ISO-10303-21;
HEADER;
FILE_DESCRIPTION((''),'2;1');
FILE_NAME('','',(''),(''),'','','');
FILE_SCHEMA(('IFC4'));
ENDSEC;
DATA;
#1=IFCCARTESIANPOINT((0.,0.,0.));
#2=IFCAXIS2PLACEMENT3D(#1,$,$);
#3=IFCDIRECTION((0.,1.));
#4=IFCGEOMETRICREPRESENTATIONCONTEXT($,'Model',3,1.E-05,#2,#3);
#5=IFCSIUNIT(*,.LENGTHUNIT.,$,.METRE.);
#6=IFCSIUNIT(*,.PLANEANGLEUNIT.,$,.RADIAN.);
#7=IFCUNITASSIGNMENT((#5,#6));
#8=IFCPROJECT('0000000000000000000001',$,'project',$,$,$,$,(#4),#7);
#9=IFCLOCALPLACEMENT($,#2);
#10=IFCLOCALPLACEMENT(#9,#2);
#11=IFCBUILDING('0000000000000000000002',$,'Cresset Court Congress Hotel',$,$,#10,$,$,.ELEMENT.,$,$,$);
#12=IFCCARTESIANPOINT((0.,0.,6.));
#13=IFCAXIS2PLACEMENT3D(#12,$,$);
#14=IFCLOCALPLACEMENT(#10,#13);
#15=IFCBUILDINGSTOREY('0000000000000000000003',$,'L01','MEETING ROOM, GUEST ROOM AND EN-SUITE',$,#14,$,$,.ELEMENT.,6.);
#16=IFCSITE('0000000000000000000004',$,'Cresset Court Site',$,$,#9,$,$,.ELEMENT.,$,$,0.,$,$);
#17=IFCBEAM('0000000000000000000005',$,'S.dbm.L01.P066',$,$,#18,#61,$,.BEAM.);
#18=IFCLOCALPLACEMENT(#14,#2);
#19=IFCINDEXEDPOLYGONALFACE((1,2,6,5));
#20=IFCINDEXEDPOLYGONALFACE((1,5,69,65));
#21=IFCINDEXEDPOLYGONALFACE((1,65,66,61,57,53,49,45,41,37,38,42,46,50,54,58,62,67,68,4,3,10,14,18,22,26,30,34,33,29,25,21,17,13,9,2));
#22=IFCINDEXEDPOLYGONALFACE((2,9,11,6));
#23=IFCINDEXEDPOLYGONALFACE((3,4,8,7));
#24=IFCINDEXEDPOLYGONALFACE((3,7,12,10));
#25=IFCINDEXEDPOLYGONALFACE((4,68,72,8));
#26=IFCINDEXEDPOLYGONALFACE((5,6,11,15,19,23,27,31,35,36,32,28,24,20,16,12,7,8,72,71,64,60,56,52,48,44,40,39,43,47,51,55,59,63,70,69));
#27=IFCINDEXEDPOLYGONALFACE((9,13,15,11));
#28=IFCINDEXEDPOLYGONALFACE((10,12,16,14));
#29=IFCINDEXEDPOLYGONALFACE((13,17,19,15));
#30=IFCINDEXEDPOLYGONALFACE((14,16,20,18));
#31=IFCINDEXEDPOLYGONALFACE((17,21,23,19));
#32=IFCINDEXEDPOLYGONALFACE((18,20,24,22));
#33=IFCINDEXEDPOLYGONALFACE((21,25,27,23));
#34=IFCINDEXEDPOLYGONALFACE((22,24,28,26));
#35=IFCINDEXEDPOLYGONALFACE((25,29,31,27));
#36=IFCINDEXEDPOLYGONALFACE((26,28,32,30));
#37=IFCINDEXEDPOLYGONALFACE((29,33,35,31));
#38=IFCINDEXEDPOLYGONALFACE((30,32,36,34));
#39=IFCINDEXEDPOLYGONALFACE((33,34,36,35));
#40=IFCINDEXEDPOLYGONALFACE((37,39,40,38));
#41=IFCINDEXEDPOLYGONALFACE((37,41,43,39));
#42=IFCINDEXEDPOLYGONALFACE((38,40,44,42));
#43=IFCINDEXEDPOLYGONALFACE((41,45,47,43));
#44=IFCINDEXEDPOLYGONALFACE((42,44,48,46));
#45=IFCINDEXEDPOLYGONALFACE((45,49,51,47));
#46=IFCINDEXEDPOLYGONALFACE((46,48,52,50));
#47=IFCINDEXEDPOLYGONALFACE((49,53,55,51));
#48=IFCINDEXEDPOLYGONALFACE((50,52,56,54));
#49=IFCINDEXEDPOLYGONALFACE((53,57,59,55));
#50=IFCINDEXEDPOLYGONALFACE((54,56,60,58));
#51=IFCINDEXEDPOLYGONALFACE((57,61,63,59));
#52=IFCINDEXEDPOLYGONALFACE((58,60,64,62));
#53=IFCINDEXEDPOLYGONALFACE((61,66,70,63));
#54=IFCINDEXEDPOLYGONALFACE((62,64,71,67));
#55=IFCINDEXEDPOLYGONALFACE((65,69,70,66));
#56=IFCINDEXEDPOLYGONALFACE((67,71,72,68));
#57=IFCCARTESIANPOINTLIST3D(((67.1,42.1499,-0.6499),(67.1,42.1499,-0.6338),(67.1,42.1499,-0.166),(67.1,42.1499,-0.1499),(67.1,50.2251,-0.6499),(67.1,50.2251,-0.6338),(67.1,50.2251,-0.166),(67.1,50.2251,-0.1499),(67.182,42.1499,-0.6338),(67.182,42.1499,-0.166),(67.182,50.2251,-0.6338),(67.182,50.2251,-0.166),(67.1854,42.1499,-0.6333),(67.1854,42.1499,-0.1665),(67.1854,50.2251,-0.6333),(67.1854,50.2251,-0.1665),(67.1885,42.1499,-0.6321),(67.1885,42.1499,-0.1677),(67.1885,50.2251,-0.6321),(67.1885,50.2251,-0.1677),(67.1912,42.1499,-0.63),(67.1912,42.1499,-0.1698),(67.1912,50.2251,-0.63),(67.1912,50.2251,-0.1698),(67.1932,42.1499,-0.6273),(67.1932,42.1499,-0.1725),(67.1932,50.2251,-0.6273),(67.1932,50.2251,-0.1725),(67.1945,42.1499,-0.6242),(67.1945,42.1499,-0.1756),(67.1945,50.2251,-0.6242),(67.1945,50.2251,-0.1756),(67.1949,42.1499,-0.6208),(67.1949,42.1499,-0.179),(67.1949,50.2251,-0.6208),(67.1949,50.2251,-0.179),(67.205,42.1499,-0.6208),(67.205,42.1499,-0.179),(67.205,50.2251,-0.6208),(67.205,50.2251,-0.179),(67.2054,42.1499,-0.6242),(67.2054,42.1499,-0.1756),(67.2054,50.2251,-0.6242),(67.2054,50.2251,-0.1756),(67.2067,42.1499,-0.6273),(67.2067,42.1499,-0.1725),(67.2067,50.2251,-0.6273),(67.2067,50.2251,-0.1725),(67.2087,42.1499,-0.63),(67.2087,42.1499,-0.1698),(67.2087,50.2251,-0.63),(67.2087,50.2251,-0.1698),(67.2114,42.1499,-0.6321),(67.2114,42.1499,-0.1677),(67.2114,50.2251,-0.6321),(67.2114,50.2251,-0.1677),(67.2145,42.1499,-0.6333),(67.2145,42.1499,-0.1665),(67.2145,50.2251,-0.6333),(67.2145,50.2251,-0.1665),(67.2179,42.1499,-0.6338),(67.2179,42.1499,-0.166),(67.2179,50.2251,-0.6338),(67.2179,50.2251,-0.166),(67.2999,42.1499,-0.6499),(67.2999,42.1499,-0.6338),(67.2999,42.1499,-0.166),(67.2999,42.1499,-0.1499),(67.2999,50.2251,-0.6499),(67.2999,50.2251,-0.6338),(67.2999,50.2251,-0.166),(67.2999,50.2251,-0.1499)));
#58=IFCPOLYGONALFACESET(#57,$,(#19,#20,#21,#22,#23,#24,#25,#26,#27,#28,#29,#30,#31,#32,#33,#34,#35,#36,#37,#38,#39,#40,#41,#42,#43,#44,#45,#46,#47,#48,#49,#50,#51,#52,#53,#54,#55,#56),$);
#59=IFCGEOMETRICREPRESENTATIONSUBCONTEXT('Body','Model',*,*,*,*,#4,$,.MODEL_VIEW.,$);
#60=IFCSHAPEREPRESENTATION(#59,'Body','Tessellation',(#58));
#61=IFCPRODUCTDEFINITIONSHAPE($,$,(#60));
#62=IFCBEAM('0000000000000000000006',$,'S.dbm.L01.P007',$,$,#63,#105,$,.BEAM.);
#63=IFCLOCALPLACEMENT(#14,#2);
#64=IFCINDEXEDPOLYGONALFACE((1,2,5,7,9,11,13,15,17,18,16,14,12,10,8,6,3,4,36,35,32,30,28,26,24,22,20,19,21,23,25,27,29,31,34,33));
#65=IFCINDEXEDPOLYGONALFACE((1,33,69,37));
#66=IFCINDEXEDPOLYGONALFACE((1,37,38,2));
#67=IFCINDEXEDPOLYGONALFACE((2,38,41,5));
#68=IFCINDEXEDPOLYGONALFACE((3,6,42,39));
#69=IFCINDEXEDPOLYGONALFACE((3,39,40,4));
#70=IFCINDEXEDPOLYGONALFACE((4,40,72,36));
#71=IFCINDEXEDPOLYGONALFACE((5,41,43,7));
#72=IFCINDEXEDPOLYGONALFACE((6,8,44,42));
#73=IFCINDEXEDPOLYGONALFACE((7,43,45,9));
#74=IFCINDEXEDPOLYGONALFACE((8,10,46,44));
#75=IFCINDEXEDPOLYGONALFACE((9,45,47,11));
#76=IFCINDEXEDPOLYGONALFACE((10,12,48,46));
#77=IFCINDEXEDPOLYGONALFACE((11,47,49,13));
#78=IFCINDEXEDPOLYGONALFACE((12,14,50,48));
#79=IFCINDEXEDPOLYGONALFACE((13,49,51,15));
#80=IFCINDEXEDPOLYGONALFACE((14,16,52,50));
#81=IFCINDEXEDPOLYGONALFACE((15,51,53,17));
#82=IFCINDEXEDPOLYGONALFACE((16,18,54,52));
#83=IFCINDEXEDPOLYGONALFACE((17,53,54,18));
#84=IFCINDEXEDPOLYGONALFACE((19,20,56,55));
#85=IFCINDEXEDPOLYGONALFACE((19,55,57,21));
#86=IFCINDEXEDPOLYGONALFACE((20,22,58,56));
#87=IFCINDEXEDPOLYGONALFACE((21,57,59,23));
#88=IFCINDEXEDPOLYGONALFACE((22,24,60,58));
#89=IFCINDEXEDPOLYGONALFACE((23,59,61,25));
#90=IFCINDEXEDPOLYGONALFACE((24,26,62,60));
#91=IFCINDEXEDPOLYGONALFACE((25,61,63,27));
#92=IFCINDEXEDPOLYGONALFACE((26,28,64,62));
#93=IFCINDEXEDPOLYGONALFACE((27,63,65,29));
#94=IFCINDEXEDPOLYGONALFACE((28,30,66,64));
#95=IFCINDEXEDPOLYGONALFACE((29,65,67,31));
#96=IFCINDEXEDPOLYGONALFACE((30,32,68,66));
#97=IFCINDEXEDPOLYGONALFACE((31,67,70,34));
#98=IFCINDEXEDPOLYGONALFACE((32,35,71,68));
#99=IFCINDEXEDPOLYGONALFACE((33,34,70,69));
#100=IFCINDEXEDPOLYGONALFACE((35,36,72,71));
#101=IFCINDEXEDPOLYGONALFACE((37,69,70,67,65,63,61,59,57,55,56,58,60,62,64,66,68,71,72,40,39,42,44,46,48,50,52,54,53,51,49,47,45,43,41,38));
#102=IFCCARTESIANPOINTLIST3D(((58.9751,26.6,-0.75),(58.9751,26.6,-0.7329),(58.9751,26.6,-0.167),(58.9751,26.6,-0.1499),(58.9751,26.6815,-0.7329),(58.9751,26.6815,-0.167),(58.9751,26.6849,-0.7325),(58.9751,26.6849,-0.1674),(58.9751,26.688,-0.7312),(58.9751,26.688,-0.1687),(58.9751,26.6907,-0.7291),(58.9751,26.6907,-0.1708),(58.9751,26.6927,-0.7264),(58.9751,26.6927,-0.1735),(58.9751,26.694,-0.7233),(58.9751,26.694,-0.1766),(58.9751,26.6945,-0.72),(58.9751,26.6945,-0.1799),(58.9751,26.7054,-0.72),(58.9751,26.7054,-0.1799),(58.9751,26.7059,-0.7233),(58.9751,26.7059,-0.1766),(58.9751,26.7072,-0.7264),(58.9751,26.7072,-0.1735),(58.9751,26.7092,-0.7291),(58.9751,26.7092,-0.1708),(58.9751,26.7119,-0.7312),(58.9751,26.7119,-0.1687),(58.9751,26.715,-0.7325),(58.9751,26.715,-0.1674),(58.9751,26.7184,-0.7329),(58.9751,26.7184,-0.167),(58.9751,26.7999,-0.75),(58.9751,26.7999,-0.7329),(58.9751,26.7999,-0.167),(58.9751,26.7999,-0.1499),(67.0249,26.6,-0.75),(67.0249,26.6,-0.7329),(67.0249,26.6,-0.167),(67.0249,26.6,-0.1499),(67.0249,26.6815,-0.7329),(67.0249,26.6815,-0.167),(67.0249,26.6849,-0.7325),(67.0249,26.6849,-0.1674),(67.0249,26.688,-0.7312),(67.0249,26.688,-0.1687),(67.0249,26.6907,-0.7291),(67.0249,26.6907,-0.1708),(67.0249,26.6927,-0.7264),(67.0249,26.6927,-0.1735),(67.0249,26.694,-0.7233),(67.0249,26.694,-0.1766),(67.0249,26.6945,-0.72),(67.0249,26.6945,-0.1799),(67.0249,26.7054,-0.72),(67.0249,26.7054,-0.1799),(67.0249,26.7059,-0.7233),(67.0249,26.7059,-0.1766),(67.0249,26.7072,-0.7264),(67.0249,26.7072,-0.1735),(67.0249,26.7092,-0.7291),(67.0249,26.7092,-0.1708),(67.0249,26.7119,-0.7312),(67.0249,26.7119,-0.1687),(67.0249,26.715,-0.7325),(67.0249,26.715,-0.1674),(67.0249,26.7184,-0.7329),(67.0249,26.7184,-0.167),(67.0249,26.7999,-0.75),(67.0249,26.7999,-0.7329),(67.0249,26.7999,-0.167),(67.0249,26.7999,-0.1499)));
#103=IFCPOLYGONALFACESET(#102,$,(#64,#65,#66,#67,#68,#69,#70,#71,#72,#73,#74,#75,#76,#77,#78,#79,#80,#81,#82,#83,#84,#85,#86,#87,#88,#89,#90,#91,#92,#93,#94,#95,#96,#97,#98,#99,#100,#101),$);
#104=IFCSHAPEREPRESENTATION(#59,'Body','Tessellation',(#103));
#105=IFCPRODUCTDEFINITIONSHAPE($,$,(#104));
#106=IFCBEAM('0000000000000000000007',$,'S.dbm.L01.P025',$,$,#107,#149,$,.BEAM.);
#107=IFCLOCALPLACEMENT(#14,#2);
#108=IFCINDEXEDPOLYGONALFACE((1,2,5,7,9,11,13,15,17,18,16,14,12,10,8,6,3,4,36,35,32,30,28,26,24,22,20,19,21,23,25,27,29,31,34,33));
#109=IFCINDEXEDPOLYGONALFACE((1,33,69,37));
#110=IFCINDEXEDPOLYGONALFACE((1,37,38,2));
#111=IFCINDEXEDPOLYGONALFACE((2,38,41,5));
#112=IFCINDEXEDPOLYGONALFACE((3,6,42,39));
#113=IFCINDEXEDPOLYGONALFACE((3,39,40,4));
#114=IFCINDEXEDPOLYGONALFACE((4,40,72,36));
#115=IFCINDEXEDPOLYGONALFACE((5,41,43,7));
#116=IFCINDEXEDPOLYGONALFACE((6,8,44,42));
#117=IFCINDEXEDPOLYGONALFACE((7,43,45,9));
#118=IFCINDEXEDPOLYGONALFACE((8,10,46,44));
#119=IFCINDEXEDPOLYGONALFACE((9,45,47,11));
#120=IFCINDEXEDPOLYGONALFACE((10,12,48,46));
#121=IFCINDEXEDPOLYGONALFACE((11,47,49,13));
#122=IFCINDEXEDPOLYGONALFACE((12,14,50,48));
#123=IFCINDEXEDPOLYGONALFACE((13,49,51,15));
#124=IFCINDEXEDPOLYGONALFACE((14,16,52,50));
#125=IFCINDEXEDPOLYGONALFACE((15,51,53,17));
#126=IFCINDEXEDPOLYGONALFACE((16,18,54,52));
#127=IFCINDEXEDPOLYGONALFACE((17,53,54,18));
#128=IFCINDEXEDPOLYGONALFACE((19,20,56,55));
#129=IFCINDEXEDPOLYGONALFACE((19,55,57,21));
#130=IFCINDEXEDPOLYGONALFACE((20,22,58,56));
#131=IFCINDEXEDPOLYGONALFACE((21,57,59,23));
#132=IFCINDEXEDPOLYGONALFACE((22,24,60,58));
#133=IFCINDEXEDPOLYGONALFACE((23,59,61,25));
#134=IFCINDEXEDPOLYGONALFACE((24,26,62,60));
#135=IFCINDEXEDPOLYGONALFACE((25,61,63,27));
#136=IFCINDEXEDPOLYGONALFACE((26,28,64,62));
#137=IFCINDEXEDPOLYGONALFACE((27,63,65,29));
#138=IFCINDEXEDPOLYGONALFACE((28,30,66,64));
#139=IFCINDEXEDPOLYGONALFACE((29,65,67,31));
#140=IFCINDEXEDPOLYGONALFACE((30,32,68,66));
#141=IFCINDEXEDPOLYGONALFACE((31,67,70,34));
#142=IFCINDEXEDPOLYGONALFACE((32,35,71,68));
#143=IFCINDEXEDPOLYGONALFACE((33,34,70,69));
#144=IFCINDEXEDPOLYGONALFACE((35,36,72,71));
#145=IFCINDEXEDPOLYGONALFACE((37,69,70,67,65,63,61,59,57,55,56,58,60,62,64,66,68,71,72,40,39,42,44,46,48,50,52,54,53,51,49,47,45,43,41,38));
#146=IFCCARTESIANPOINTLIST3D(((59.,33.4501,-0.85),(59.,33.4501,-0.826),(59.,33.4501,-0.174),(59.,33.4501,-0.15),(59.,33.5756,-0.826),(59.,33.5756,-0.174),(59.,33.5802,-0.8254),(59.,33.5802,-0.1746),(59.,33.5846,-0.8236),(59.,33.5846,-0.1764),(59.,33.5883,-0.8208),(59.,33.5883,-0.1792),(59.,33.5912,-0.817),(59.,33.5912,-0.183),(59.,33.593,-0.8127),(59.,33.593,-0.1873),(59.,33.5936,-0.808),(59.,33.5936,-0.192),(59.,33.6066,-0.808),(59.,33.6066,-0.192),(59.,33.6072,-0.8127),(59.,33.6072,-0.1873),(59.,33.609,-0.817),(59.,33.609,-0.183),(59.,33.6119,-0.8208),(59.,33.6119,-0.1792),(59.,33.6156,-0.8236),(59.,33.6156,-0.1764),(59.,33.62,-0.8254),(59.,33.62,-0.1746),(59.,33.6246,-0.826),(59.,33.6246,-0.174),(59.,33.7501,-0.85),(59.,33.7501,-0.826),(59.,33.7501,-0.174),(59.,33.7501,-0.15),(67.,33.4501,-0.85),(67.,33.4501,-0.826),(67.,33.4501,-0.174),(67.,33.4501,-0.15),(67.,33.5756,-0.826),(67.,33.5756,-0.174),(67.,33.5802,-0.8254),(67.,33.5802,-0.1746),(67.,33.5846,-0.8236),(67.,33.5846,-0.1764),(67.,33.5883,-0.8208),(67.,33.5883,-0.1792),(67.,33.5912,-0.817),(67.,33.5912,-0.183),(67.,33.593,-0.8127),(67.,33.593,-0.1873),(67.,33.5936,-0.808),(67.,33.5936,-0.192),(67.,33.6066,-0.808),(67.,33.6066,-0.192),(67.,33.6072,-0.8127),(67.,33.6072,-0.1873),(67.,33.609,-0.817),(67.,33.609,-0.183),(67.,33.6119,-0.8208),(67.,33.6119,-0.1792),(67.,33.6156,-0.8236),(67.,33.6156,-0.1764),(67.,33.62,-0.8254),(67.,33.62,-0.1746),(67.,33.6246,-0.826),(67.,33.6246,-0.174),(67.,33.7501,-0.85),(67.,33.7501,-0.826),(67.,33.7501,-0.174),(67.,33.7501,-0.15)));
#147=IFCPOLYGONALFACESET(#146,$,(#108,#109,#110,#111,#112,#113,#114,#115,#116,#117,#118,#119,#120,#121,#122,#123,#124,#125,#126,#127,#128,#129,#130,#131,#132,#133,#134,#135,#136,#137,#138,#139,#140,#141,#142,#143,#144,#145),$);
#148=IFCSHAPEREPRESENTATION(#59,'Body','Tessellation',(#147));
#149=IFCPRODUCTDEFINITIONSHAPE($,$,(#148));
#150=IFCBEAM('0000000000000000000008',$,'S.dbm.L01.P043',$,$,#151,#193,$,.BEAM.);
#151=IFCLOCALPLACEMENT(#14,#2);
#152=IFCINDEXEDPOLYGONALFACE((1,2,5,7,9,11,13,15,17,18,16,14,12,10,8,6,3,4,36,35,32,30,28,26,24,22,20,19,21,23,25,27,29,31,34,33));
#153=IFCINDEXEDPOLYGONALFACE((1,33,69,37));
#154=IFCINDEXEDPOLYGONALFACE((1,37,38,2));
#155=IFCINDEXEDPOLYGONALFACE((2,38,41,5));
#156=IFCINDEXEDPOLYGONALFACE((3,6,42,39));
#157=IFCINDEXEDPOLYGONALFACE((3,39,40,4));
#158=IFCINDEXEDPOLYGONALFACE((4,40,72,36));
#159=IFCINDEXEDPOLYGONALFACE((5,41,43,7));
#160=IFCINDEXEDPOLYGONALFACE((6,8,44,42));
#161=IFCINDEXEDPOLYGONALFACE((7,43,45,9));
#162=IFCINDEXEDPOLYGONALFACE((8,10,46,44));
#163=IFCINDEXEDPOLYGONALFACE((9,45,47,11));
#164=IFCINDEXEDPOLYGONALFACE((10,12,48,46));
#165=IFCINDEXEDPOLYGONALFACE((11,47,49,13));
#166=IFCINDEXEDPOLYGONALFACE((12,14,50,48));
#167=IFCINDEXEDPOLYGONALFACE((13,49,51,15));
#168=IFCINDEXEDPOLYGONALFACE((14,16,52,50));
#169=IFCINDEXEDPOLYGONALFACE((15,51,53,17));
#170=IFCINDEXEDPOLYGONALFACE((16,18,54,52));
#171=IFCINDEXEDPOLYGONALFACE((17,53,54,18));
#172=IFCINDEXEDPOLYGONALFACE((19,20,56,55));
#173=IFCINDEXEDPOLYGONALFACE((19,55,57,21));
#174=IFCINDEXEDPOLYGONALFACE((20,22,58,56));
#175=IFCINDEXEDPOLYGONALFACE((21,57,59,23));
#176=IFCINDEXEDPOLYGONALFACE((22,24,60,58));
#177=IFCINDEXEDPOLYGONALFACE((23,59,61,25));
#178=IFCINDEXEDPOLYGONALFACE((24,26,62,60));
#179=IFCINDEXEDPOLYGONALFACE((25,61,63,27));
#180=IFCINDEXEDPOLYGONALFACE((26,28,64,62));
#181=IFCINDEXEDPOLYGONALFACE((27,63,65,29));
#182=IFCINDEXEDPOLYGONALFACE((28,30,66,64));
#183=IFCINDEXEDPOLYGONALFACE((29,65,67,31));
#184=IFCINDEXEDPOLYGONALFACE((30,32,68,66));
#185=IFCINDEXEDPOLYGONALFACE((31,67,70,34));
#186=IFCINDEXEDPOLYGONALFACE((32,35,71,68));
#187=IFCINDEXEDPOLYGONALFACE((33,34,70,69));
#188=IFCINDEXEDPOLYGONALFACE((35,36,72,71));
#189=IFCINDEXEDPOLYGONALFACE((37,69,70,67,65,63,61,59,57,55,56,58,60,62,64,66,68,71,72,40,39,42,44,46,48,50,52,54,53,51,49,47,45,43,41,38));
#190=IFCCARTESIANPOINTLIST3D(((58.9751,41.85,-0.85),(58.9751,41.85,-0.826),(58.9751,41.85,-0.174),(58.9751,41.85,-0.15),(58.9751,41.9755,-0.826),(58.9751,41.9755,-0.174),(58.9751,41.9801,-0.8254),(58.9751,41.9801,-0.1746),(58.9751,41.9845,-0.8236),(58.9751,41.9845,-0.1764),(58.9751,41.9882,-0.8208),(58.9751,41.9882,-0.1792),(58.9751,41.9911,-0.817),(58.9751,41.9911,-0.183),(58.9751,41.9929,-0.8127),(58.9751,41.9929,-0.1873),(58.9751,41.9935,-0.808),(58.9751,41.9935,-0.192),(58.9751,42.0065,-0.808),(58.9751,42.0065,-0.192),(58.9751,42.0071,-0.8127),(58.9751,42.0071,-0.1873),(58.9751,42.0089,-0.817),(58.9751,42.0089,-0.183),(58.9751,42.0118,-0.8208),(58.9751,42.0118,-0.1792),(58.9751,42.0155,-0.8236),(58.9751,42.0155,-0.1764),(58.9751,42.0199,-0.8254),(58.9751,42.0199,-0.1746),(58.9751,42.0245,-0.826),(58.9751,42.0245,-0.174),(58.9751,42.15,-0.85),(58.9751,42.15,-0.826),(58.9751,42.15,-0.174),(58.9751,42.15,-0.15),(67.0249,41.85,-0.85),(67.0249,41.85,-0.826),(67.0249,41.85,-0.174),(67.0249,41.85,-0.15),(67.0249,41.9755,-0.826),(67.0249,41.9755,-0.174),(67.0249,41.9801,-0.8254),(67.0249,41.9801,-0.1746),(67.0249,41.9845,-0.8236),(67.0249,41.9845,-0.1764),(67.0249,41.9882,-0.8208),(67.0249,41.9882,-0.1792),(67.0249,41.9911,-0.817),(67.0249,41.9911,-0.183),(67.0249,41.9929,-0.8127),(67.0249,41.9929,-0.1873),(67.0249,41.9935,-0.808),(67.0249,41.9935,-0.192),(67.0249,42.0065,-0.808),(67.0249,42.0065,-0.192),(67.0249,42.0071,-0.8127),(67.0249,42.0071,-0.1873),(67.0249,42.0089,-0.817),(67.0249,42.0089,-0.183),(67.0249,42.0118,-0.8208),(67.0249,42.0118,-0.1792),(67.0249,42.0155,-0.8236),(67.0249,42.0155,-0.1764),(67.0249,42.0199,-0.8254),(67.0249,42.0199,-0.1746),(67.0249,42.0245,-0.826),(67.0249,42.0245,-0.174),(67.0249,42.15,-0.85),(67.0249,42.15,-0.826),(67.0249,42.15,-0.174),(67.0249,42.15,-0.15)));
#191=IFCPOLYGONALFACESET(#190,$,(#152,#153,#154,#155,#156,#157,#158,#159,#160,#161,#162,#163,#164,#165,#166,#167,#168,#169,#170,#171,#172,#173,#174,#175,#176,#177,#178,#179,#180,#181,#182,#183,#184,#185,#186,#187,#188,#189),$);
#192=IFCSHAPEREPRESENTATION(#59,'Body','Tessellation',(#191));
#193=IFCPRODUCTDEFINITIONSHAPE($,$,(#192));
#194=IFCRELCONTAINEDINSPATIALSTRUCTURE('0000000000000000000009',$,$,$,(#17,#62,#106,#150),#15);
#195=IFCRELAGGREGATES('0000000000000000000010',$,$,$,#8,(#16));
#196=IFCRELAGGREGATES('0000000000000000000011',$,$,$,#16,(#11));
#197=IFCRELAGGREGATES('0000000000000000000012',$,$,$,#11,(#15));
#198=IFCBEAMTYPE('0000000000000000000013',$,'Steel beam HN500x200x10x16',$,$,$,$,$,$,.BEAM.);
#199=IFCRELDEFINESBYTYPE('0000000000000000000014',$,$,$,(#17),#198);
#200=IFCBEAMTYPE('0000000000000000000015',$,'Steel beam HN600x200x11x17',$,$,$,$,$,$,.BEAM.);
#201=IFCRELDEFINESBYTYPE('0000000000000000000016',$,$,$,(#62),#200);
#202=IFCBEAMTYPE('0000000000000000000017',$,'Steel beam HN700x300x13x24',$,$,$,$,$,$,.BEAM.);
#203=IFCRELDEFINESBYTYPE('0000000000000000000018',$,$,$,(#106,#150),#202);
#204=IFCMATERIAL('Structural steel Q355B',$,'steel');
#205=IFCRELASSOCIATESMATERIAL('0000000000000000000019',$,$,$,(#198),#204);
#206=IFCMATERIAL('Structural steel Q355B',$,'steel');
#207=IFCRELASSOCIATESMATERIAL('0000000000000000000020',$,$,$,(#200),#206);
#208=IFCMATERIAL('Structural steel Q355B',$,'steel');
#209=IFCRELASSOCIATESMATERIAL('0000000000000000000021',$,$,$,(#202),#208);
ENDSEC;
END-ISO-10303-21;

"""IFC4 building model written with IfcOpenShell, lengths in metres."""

from ifc_helpers import new_model, si_unit, direction, frame, origin, origin_2d, place, context, subcontext, project, spatial, i_section, extrude, material, material_profile, profile_set, type_object, element, save


model = new_model("IFC4")

# Units and contexts
model_context = context("Model", 3, precision=1e-05, world=origin(), true_north=direction((0.0, 1.0)))
body_context = subcontext(model_context, "Body", "Model", "MODEL_VIEW")
ifc_project = project(units=[si_unit("LENGTHUNIT", "METRE"), si_unit("PLANEANGLEUNIT", "RADIAN")], contexts=[model_context])

# Site, building, storey
site_placement = place(None, origin())
site = spatial("IfcSite", under=ifc_project, at=site_placement, Name="Cresset Court Site", CompositionType="ELEMENT", RefElevation=0.0)
building_placement = place(site_placement, origin())
building = spatial("IfcBuilding", under=site, at=building_placement, Name="Cresset Court Congress Hotel", CompositionType="ELEMENT")
storey_placement = place(building_placement, frame((0.0, 0.0, 6.0)))
storey = spatial("IfcBuildingStorey", under=building, at=storey_placement, Name="L01", Description="MEETING ROOM, GUEST ROOM AND EN-SUITE", CompositionType="ELEMENT", Elevation=6.0)

# Beams
ifc_material_1 = material(Name="Structural steel Q355B", Category="steel")
ifc_material_profile_1 = material_profile(ifc_material_1, i_section(OverallWidth=0.2, OverallDepth=0.5, WebThickness=0.01, FlangeThickness=0.0161, FilletRadius=0.0129, at=origin_2d()), Name="HN500x200x10x16")
ifc_profile_set_1 = profile_set([ifc_material_profile_1], Name="Structural steel Q355B")
beam_type_1 = type_object("IfcBeamType", Name="Steel beam HN500x200x10x16", PredefinedType="BEAM", material=ifc_profile_set_1)
beam_1_placement = place(storey_placement, frame((67.2, 42.1499, -0.3999), z_axis=(0.0, 1.0, 0.0), x_axis=(-1.0, 0.0, 0.0)))
element("IfcBeam", 1, at=beam_1_placement, inside=storey, type_object=beam_type_1, Name="S.dbm.L01.P066", PredefinedType="BEAM", context=body_context, shape_type="SweptSolid", body=[
    extrude(i_section(OverallWidth=0.2, OverallDepth=0.5, WebThickness=0.01, FlangeThickness=0.0161, FilletRadius=0.0129, at=origin_2d()), origin(), (0.0, 0.0, 1.0), 8.0752),
])
ifc_material_2 = material(Name="Structural steel Q355B", Category="steel")
ifc_material_profile_2 = material_profile(ifc_material_2, i_section(OverallWidth=0.2, OverallDepth=0.6001, WebThickness=0.011, FlangeThickness=0.0171, FilletRadius=0.0129, at=origin_2d()), Name="HN600x200x11x17")
ifc_profile_set_2 = profile_set([ifc_material_profile_2], Name="Structural steel Q355B")
beam_type_2 = type_object("IfcBeamType", Name="Steel beam HN600x200x11x17", PredefinedType="BEAM", material=ifc_profile_set_2)
beam_2_placement = place(storey_placement, frame((58.9751, 26.7, -0.45), z_axis=(1.0, 0.0, 0.0), x_axis=(0.0, 1.0, 0.0)))
element("IfcBeam", 2, at=beam_2_placement, inside=storey, type_object=beam_type_2, Name="S.dbm.L01.P007", PredefinedType="BEAM", context=body_context, shape_type="SweptSolid", body=[
    extrude(i_section(OverallWidth=0.2, OverallDepth=0.6001, WebThickness=0.011, FlangeThickness=0.0171, FilletRadius=0.0129, at=origin_2d()), origin(), (0.0, 0.0, 1.0), 8.0498),
])
ifc_material_3 = material(Name="Structural steel Q355B", Category="steel")
ifc_material_profile_3 = material_profile(ifc_material_3, i_section(OverallWidth=0.3, OverallDepth=0.7, WebThickness=0.0129, FlangeThickness=0.0239, FilletRadius=0.0181, at=origin_2d()), Name="HN700x300x13x24")
ifc_profile_set_3 = profile_set([ifc_material_profile_3], Name="Structural steel Q355B")
beam_type_3 = type_object("IfcBeamType", Name="Steel beam HN700x300x13x24", PredefinedType="BEAM", material=ifc_profile_set_3)
beam_3_placement = place(storey_placement, frame((59.0, 33.6001, -0.5), z_axis=(1.0, 0.0, 0.0), x_axis=(0.0, 1.0, 0.0)))
element("IfcBeam", 3, at=beam_3_placement, inside=storey, type_object=beam_type_3, Name="S.dbm.L01.P025", PredefinedType="BEAM", context=body_context, shape_type="SweptSolid", body=[
    extrude(i_section(OverallWidth=0.3, OverallDepth=0.7, WebThickness=0.0129, FlangeThickness=0.0239, FilletRadius=0.0181, at=origin_2d()), origin(), (0.0, 0.0, 1.0), 8.0),
])
beam_4_placement = place(storey_placement, frame((58.9751, 42.0, -0.5), z_axis=(1.0, 0.0, 0.0), x_axis=(0.0, 1.0, 0.0)))
element("IfcBeam", 4, at=beam_4_placement, inside=storey, type_object=beam_type_3, Name="S.dbm.L01.P043", PredefinedType="BEAM", context=body_context, shape_type="SweptSolid", body=[
    extrude(i_section(OverallWidth=0.3, OverallDepth=0.7, WebThickness=0.0129, FlangeThickness=0.0239, FilletRadius=0.0181, at=origin_2d()), origin(), (0.0, 0.0, 1.0), 8.0498),
])

save(model, "model.ifc")
